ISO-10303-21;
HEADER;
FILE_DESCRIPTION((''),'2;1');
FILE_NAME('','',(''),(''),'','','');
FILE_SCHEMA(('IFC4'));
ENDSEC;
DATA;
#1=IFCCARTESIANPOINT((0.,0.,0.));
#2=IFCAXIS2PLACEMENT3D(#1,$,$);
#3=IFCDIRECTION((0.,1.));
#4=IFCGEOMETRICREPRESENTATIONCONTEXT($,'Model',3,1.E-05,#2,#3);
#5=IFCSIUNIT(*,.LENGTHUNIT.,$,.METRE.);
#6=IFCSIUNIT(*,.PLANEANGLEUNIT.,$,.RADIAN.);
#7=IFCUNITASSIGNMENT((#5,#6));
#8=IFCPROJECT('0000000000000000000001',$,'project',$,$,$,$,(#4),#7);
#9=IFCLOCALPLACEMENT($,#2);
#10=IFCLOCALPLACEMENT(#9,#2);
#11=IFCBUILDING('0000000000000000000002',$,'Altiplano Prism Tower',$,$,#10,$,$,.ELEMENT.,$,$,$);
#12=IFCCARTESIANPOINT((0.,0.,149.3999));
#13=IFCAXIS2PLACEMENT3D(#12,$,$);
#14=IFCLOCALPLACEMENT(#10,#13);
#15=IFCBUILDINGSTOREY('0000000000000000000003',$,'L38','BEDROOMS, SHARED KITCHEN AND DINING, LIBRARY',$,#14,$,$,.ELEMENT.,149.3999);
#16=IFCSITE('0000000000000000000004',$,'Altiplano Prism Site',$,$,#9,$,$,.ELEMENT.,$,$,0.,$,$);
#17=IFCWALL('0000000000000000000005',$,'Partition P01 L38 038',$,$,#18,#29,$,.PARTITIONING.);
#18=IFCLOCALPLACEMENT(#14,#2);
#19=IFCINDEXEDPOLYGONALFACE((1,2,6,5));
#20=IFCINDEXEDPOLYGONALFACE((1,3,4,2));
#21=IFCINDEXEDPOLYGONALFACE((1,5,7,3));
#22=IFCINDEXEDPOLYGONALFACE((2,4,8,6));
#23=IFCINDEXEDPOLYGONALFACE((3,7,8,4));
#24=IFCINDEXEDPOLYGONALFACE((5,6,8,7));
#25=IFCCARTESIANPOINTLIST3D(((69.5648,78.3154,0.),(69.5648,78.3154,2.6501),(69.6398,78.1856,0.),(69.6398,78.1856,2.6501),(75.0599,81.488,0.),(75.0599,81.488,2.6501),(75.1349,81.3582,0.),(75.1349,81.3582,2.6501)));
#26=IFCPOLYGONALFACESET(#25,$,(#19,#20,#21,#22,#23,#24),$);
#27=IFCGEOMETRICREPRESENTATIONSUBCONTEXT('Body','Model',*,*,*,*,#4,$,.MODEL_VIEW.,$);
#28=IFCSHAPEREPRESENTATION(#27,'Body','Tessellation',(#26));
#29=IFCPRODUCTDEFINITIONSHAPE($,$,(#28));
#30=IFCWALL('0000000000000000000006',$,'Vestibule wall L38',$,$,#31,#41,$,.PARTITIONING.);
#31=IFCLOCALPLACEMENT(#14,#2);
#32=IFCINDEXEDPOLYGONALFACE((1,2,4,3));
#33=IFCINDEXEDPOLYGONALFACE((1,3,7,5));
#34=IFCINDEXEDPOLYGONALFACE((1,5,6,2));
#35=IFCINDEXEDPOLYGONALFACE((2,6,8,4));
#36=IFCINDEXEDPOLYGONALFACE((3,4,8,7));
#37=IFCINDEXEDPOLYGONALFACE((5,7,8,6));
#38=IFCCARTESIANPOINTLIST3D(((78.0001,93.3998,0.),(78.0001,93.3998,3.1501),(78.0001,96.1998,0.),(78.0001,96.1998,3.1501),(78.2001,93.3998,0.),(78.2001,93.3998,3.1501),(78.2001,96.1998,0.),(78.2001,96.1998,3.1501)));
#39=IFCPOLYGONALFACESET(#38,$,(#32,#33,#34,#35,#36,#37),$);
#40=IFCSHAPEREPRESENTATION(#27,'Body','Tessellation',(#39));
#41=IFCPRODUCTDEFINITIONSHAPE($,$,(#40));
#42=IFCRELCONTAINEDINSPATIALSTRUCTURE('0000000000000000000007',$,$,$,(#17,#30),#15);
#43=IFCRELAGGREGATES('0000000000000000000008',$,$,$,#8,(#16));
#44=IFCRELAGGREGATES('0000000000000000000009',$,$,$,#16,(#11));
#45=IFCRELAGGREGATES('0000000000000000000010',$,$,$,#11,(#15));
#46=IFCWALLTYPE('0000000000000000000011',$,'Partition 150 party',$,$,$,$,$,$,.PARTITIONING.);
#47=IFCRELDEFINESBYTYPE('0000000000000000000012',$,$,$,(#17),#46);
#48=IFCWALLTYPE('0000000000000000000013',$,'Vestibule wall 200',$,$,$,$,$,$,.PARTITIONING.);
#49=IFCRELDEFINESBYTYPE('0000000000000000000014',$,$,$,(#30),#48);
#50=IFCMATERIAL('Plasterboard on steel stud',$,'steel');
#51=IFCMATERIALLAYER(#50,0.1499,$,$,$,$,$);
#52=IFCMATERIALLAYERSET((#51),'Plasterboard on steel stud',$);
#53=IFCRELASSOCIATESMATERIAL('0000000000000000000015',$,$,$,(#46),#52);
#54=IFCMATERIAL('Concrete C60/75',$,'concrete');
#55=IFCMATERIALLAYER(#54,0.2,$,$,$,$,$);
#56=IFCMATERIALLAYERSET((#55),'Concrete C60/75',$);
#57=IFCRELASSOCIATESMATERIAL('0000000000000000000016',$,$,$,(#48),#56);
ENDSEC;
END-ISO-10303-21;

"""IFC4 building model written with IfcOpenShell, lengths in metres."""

from ifc_helpers import new_model, si_unit, direction, frame, frame_2d, origin, place, context, subcontext, project, spatial, rectangle, extrude, material, layer, layer_set, type_object, element, save


model = new_model("IFC4")

# Units and contexts
model_context = context("Model", 3, precision=1e-05, world=origin(), true_north=direction((0.0, 1.0)))
body_context = subcontext(model_context, "Body", "Model", "MODEL_VIEW")
ifc_project = project(units=[si_unit("LENGTHUNIT", "METRE"), si_unit("PLANEANGLEUNIT", "RADIAN")], contexts=[model_context])

# Site, building, storey
site_placement = place(None, origin())
site = spatial("IfcSite", under=ifc_project, at=site_placement, Name="Altiplano Prism Site", CompositionType="ELEMENT", RefElevation=0.0)
building_placement = place(site_placement, origin())
building = spatial("IfcBuilding", under=site, at=building_placement, Name="Altiplano Prism Tower", CompositionType="ELEMENT")
storey_placement = place(building_placement, frame((0.0, 0.0, 149.3999)))
storey = spatial("IfcBuildingStorey", under=building, at=storey_placement, Name="L38", Description="BEDROOMS, SHARED KITCHEN AND DINING, LIBRARY", CompositionType="ELEMENT", Elevation=149.3999)

# Shared definitions
ifc_material_1 = material(Name="Concrete C60/75", Category="concrete")

# Shared definitions
ifc_material_2 = material(Name="Plasterboard on steel stud", Category="steel")

# Walls
ifc_layer_1 = layer(ifc_material_2, 0.1499)
ifc_layer_set_1 = layer_set([ifc_layer_1], Name="Plasterboard on steel stud")
wall_type_1 = type_object("IfcWallType", Name="Partition 150 party", PredefinedType="PARTITIONING", material=ifc_layer_set_1)
wall_1_placement = place(storey_placement, frame((69.6023, 78.2505, 0.0), z_axis=(0.0, 0.0, 1.0), x_axis=(0.866025, 0.5, 0.0)))
element("IfcWall", 1, at=wall_1_placement, inside=storey, type_object=wall_type_1, Name="Partition P01 L38 038", PredefinedType="PARTITIONING", context=body_context, shape_type="SweptSolid", body=[
    extrude(rectangle(XDim=6.3452, YDim=0.1499, at=frame_2d((3.1726, 0.0))), origin(), (0.0, 0.0, 1.0), 2.6501),
])
ifc_layer_2 = layer(ifc_material_1, 0.2)
ifc_layer_set_2 = layer_set([ifc_layer_2], Name="Concrete C60/75")
wall_type_2 = type_object("IfcWallType", Name="Vestibule wall 200", PredefinedType="PARTITIONING", material=ifc_layer_set_2)
wall_2_placement = place(storey_placement, frame((78.1001, 93.3999, 0.0), z_axis=(0.0, 0.0, 1.0), x_axis=(0.0, 1.0, 0.0)))
element("IfcWall", 2, at=wall_2_placement, inside=storey, type_object=wall_type_2, Name="Vestibule wall L38", PredefinedType="PARTITIONING", context=body_context, shape_type="SweptSolid", body=[
    extrude(rectangle(XDim=2.8, YDim=0.2, at=frame_2d((1.3999, 0.0))), origin(), (0.0, 0.0, 1.0), 3.1501),
])

save(model, "model.ifc")
